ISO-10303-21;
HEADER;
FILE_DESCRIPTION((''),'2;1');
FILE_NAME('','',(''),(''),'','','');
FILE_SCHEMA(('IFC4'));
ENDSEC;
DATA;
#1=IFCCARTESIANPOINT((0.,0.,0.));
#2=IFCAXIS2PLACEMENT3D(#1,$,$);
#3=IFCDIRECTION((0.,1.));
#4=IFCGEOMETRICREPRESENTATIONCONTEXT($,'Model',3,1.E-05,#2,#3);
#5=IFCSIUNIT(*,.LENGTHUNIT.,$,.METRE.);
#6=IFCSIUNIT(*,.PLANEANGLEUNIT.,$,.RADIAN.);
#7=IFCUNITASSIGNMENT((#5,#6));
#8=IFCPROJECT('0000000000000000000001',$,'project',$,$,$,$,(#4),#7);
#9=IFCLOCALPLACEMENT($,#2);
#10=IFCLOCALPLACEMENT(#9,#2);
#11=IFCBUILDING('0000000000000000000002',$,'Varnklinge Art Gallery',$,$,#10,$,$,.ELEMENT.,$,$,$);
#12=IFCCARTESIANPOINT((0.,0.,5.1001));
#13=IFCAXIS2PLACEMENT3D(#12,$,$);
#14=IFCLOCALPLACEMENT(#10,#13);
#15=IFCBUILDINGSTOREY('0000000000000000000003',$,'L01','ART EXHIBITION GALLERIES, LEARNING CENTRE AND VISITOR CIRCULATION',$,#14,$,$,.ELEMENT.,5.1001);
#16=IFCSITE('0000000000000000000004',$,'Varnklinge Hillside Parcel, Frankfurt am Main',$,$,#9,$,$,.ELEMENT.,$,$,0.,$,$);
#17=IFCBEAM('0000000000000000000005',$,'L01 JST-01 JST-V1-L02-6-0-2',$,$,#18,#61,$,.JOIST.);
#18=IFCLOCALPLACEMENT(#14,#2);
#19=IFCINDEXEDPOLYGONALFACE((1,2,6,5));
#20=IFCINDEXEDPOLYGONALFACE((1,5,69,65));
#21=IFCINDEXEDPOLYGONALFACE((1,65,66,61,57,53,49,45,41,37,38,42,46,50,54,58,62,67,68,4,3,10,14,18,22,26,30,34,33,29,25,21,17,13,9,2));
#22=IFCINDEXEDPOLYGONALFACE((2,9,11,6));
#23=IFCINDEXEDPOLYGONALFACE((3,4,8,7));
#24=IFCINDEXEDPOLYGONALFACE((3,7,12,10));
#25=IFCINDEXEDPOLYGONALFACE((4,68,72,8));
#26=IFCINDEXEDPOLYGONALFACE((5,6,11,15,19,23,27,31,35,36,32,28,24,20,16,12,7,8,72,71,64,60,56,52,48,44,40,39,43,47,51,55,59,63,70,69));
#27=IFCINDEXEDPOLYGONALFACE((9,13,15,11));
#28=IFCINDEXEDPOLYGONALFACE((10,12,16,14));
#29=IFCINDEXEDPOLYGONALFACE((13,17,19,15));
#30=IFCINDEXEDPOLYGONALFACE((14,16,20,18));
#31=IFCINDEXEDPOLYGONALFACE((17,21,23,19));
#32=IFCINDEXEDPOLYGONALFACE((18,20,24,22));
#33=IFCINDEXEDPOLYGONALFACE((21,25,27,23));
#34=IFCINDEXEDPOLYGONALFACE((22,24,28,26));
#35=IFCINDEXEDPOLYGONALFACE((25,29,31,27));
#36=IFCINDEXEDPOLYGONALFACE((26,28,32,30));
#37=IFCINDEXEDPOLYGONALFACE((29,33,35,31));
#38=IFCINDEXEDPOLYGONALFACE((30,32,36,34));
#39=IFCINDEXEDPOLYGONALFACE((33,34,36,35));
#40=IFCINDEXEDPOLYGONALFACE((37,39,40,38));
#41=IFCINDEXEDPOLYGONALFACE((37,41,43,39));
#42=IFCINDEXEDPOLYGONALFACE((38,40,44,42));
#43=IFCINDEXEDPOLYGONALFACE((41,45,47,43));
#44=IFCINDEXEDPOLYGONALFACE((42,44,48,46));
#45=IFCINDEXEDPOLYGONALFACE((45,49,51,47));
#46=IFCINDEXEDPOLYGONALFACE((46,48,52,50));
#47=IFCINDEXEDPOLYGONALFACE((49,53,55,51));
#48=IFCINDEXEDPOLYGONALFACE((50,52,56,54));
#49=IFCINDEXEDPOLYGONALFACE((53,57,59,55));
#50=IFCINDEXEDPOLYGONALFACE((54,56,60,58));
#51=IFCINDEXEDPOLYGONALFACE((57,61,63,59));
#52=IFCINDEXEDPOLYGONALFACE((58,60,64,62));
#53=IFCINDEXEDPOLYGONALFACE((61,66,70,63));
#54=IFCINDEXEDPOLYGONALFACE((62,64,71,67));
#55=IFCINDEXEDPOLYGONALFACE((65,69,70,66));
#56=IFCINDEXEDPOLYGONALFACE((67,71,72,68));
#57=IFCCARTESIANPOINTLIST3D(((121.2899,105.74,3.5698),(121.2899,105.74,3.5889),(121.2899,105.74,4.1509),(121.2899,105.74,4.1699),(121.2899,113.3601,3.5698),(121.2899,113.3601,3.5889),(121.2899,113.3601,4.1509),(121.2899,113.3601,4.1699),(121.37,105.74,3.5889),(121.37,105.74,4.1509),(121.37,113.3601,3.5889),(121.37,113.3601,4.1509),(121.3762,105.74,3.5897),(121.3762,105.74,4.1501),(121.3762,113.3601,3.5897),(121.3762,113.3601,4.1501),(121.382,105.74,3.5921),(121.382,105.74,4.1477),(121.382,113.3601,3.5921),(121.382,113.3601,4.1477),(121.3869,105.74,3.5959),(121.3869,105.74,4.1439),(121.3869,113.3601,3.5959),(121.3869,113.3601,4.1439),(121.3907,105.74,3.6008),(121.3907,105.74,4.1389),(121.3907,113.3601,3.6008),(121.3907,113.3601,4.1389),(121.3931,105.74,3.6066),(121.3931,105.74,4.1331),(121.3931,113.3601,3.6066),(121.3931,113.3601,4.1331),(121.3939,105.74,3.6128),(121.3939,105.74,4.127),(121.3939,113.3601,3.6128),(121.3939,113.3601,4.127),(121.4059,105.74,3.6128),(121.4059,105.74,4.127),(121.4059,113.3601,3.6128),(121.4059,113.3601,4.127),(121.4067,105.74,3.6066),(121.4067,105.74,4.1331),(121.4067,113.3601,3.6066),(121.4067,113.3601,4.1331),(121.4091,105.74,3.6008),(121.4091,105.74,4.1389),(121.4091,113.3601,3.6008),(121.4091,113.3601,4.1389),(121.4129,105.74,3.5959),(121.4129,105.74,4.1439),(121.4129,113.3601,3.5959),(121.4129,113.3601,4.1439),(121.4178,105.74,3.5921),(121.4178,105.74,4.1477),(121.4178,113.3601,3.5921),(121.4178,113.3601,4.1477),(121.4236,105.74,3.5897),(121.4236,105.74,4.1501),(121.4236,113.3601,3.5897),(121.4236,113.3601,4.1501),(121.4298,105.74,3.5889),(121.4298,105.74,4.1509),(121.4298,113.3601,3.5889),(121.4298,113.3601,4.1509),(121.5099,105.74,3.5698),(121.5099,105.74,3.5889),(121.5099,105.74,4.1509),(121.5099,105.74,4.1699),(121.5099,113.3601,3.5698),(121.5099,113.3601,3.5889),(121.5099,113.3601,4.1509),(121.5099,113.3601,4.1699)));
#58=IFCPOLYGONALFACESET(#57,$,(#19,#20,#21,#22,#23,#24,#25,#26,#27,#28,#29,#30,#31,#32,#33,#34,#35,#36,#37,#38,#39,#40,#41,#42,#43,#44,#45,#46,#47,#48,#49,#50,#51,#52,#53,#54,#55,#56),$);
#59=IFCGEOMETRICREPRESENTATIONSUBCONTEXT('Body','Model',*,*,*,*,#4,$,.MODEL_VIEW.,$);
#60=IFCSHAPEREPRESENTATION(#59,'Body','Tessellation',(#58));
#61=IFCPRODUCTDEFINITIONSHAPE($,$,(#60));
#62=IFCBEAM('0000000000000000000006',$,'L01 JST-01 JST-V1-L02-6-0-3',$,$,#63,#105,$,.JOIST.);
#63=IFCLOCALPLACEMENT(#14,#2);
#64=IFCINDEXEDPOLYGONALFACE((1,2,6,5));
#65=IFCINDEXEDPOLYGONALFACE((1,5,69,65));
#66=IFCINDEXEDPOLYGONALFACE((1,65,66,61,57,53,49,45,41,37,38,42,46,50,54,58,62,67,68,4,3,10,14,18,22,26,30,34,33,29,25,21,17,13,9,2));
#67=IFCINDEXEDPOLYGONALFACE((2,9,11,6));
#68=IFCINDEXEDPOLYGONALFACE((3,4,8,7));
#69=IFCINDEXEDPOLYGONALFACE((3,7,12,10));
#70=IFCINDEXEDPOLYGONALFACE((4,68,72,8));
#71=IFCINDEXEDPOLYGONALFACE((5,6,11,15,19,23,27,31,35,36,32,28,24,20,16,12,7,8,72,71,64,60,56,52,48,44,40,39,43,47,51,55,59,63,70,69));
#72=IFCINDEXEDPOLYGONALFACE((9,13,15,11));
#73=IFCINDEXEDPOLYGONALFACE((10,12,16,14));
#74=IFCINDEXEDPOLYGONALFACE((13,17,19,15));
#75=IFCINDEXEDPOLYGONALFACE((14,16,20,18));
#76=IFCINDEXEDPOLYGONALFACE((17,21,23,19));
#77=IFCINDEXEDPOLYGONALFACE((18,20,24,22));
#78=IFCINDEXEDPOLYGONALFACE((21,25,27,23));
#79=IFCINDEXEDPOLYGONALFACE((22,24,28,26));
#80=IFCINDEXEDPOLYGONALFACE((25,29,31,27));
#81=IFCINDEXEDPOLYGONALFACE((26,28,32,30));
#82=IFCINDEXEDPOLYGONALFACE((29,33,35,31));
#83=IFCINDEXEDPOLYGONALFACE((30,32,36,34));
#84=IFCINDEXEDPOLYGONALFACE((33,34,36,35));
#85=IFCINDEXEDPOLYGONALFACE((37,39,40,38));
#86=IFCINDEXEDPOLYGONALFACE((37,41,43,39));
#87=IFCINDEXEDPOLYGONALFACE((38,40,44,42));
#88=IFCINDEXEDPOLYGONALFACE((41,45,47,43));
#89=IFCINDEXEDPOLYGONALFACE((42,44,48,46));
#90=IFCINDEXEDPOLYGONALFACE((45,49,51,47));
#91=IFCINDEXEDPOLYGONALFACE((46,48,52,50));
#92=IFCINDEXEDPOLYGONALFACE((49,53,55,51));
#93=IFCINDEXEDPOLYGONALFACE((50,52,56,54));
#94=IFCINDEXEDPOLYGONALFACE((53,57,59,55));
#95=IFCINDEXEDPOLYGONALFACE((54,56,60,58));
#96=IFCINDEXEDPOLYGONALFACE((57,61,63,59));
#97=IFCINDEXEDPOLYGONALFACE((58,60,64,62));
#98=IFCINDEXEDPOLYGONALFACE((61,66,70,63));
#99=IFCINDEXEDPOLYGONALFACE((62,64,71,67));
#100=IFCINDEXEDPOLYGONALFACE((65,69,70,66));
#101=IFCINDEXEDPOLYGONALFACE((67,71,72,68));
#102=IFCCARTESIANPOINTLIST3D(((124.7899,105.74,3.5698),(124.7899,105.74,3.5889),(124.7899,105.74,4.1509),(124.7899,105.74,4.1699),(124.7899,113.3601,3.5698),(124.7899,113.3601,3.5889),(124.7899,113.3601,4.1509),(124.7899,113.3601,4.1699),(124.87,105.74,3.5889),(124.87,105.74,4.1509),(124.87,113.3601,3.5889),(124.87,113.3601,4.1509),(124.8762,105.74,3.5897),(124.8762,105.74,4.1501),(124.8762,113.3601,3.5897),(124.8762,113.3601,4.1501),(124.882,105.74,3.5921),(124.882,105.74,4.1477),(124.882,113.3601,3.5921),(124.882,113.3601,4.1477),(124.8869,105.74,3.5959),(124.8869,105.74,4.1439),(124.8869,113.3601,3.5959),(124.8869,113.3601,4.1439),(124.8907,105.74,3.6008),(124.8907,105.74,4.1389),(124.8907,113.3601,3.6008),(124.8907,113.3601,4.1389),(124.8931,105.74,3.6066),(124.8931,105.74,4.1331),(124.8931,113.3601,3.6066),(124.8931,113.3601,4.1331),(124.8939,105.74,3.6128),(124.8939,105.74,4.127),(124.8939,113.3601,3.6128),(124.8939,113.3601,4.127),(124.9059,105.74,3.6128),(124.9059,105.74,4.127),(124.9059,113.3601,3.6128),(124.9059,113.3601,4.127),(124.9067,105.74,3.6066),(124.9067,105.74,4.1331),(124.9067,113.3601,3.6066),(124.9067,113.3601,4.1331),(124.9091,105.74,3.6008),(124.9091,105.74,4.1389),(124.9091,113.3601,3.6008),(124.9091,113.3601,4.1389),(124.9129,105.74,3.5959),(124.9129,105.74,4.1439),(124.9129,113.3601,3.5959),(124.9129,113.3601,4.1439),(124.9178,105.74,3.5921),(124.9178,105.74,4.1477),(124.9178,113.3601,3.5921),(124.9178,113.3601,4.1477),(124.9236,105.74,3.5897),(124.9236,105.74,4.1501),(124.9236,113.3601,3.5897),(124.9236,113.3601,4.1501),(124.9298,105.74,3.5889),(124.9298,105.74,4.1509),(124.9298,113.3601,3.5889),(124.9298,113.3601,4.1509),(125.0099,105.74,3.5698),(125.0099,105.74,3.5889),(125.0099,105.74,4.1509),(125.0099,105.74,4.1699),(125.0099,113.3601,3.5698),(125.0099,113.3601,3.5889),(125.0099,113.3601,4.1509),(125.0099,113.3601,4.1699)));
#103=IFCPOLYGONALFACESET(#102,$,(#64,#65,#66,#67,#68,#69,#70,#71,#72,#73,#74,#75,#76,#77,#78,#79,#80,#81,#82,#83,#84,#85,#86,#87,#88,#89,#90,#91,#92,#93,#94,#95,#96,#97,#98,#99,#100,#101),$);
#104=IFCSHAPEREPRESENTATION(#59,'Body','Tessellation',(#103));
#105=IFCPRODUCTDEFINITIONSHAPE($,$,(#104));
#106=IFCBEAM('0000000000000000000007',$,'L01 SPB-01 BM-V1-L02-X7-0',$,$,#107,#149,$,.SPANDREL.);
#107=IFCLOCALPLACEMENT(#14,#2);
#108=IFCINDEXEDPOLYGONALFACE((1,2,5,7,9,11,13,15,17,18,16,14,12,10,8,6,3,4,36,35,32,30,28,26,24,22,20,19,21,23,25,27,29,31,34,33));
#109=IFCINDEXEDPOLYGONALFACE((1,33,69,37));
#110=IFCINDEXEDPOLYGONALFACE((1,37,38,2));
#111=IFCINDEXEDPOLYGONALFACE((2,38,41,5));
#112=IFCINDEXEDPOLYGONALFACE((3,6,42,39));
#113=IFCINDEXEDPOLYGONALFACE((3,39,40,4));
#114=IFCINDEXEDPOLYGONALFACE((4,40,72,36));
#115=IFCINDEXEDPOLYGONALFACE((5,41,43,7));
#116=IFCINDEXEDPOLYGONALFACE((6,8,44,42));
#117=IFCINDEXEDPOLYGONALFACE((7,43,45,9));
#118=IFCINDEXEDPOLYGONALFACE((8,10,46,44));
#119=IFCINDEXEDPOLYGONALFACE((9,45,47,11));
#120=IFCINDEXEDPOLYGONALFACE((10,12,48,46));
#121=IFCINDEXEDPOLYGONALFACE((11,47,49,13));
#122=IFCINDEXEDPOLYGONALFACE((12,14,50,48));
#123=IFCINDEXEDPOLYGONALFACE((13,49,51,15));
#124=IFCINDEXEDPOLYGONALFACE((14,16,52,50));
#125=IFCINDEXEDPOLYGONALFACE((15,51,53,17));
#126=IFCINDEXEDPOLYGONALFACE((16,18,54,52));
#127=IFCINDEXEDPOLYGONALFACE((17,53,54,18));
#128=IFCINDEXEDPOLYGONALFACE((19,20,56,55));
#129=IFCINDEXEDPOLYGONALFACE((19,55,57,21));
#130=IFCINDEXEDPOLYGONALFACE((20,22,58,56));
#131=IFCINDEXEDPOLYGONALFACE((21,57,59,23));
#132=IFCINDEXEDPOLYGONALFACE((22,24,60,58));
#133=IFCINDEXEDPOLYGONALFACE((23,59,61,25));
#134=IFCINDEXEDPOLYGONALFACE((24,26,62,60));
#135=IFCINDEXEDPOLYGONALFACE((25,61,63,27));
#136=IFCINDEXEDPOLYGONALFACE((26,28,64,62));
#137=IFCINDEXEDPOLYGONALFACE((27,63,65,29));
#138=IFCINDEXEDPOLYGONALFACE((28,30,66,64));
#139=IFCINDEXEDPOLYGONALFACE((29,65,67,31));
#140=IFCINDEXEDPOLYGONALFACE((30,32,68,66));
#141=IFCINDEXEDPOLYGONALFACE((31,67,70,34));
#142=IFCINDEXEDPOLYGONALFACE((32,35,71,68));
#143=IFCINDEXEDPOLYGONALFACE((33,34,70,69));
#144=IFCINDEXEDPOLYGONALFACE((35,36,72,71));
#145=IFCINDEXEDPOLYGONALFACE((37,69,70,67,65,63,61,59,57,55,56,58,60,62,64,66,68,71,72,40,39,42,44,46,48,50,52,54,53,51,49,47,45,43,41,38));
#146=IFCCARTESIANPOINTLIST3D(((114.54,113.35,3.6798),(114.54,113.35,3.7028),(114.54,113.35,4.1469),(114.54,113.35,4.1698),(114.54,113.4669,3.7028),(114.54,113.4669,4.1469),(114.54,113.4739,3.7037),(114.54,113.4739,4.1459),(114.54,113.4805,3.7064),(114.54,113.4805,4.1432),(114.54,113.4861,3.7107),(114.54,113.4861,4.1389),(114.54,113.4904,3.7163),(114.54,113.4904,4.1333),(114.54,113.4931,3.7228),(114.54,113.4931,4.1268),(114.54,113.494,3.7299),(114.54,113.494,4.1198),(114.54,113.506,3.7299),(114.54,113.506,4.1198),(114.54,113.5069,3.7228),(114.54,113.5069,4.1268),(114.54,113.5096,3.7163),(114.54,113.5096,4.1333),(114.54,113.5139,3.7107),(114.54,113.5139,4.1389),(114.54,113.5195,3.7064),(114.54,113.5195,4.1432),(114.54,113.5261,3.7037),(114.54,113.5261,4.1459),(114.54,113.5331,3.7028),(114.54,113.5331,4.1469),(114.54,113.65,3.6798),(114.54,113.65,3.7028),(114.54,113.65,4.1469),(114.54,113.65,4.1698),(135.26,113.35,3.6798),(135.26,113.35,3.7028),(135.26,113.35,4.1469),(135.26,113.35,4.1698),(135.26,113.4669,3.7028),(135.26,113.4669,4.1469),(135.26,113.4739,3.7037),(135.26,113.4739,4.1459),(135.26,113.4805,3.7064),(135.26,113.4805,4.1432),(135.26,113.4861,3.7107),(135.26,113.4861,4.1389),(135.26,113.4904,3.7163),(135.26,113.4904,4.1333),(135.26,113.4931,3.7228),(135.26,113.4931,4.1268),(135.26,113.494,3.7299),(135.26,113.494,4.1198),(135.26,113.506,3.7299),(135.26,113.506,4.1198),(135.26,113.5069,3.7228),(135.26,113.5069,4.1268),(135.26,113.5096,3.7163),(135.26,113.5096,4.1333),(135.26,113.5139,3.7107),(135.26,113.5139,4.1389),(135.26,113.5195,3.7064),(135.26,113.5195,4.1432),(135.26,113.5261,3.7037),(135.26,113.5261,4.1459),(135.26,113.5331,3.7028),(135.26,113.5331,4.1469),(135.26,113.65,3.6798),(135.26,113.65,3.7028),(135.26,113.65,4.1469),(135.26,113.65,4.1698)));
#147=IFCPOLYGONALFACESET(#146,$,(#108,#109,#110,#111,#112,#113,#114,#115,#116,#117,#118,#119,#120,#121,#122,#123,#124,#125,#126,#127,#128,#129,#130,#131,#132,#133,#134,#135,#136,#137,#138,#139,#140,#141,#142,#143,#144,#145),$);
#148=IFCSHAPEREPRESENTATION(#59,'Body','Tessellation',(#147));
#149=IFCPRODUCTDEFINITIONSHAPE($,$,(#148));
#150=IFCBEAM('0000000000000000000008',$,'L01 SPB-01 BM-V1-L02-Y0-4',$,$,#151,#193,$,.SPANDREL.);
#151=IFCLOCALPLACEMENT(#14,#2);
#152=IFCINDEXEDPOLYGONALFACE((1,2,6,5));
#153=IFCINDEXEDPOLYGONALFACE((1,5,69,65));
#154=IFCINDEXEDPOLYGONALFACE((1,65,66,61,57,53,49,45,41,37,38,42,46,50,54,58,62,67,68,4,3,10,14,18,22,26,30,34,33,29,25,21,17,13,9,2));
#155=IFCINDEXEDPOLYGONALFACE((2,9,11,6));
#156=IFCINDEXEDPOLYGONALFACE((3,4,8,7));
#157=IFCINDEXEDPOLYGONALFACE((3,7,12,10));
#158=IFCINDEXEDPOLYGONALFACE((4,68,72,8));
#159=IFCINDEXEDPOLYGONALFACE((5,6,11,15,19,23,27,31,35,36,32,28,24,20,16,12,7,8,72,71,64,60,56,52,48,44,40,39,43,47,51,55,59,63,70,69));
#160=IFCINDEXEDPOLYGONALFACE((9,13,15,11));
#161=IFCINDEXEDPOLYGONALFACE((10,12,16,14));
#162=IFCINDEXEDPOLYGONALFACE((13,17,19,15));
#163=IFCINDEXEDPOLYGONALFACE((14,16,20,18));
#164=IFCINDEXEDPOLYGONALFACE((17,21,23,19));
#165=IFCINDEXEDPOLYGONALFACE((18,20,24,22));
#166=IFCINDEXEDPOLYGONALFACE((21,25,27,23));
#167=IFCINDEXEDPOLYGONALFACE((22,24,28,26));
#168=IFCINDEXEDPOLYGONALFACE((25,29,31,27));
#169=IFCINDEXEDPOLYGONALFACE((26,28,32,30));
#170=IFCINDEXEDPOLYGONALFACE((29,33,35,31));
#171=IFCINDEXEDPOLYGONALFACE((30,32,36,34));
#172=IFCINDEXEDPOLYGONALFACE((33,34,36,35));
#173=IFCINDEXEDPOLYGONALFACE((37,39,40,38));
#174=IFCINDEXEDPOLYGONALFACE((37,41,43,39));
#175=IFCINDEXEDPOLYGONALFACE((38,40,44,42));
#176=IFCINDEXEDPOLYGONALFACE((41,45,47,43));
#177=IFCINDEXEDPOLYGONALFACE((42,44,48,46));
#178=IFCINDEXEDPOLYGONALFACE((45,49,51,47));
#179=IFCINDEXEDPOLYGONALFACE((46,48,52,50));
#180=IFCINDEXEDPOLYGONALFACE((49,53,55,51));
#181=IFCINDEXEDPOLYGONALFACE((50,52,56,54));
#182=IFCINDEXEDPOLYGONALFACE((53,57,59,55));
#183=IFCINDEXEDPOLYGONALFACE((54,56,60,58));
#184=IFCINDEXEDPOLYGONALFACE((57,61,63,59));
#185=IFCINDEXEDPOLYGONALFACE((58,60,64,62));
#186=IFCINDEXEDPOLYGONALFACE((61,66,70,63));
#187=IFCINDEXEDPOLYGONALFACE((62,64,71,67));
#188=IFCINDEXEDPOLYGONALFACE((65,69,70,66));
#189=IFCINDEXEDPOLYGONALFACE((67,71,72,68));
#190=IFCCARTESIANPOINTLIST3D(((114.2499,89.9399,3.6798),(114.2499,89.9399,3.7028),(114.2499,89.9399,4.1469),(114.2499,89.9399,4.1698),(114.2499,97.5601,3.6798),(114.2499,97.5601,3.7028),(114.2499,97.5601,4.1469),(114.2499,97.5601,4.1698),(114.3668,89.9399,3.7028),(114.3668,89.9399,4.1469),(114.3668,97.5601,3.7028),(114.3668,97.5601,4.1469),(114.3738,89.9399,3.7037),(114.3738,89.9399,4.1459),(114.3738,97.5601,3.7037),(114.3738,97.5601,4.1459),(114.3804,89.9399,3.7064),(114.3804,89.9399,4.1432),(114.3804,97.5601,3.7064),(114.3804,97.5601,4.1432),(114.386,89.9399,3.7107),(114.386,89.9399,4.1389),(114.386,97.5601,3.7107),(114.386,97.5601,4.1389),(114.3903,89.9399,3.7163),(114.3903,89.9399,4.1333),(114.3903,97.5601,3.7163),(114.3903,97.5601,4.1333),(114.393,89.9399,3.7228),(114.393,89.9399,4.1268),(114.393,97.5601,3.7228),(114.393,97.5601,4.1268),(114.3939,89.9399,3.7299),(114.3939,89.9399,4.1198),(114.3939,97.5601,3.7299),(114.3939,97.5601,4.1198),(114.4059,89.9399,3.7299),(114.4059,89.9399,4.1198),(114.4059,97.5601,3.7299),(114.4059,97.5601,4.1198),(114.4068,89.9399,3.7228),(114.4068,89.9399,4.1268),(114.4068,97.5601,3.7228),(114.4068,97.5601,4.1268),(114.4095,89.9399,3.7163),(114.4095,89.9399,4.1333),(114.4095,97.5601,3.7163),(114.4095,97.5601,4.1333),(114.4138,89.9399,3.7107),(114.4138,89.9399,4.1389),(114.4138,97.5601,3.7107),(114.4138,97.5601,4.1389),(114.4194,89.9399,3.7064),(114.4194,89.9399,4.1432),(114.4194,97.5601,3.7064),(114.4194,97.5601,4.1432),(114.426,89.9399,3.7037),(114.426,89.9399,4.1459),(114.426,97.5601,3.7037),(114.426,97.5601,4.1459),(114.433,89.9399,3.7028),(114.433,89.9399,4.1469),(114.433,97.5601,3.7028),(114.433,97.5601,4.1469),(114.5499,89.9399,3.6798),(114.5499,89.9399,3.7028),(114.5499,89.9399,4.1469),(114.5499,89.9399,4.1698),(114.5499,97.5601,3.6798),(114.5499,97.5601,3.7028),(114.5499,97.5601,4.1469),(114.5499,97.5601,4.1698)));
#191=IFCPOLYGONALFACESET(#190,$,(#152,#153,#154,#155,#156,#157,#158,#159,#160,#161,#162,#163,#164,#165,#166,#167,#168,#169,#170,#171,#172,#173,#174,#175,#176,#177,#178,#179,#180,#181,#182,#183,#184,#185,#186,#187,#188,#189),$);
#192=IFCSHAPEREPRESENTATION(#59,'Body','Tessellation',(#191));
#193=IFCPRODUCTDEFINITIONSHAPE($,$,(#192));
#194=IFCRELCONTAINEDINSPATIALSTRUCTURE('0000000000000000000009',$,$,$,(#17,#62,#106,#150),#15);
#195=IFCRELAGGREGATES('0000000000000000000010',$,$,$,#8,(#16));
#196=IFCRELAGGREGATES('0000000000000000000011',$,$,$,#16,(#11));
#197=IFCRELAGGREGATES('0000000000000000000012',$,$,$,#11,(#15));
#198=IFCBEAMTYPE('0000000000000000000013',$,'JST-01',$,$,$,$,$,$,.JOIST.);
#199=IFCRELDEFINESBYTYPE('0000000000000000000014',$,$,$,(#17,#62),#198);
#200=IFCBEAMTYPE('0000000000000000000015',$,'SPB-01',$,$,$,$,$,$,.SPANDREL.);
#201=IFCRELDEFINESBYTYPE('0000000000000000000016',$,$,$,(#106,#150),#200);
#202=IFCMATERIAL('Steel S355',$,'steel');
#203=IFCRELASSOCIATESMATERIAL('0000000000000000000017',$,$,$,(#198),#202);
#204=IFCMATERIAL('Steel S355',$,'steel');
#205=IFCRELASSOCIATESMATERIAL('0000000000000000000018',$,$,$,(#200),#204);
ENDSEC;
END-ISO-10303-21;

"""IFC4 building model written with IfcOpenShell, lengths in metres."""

from ifc_helpers import new_model, si_unit, direction, frame, origin, origin_2d, place, context, subcontext, project, spatial, i_section, extrude, material, material_profile, profile_set, type_object, element, save


model = new_model("IFC4")

# Units and contexts
model_context = context("Model", 3, precision=1e-05, world=origin(), true_north=direction((0.0, 1.0)))
body_context = subcontext(model_context, "Body", "Model", "MODEL_VIEW")
ifc_project = project(units=[si_unit("LENGTHUNIT", "METRE"), si_unit("PLANEANGLEUNIT", "RADIAN")], contexts=[model_context])

# Site, building, storey
site_placement = place(None, origin())
site = spatial("IfcSite", under=ifc_project, at=site_placement, Name="Varnklinge Hillside Parcel, Frankfurt am Main", CompositionType="ELEMENT", RefElevation=0.0)
building_placement = place(site_placement, origin())
building = spatial("IfcBuilding", under=site, at=building_placement, Name="Varnklinge Art Gallery", CompositionType="ELEMENT")
storey_placement = place(building_placement, frame((0.0, 0.0, 5.1001)))
storey = spatial("IfcBuildingStorey", under=building, at=storey_placement, Name="L01", Description="ART EXHIBITION GALLERIES, LEARNING CENTRE AND VISITOR CIRCULATION", CompositionType="ELEMENT", Elevation=5.1001)

# Beams
ifc_material_1 = material(Name="Steel S355", Category="steel")
ifc_material_profile_1 = material_profile(ifc_material_1, i_section(OverallWidth=0.22, OverallDepth=0.6001, WebThickness=0.012, FlangeThickness=0.019, FilletRadius=0.0239, at=origin_2d()), Name="IPE 600")
ifc_profile_set_1 = profile_set([ifc_material_profile_1], Name="Steel S355")
beam_type_1 = type_object("IfcBeamType", Name="JST-01", PredefinedType="JOIST", material=ifc_profile_set_1)
for number, where, z_axis, x_axis, name in (
    (1, (121.3999, 105.74, 3.8699), (0.0, 1.0, 0.0), (-1.0, 0.0, 0.0), "L01 JST-01 JST-V1-L02-6-0-2"),
    (2, (124.8999, 105.74, 3.8699), (0.0, 1.0, 0.0), (-1.0, 0.0, 0.0), "L01 JST-01 JST-V1-L02-6-0-3"),
):
    element("IfcBeam", number, at=place(storey_placement, frame(where, z_axis=z_axis, x_axis=x_axis)), inside=storey, type_object=beam_type_1, Name=name, PredefinedType="JOIST", context=body_context, shape_type="SweptSolid", body=[
        extrude(i_section(OverallWidth=0.22, OverallDepth=0.6001, WebThickness=0.012, FlangeThickness=0.019, FilletRadius=0.0239, at=origin_2d()), origin(), (0.0, 0.0, 1.0), 7.6201),
    ])
ifc_material_2 = material(Name="Steel S355", Category="steel")
ifc_material_profile_2 = material_profile(ifc_material_2, i_section(OverallWidth=0.3, OverallDepth=0.49, WebThickness=0.012, FlangeThickness=0.0229, FilletRadius=0.0271, at=origin_2d()), Name="HEA 500")
ifc_profile_set_2 = profile_set([ifc_material_profile_2], Name="Steel S355")
beam_type_2 = type_object("IfcBeamType", Name="SPB-01", PredefinedType="SPANDREL", material=ifc_profile_set_2)
beam_1_placement = place(storey_placement, frame((114.54, 113.5, 3.9248), z_axis=(1.0, 0.0, 0.0), x_axis=(0.0, 1.0, 0.0)))
element("IfcBeam", 3, at=beam_1_placement, inside=storey, type_object=beam_type_2, Name="L01 SPB-01 BM-V1-L02-X7-0", PredefinedType="SPANDREL", context=body_context, shape_type="SweptSolid", body=[
    extrude(i_section(OverallWidth=0.3, OverallDepth=0.49, WebThickness=0.012, FlangeThickness=0.0229, FilletRadius=0.0271, at=origin_2d()), origin(), (0.0, 0.0, 1.0), 20.72),
])
beam_2_placement = place(storey_placement, frame((114.3999, 89.9399, 3.9248), z_axis=(0.0, 1.0, 0.0), x_axis=(-1.0, 0.0, 0.0)))
element("IfcBeam", 4, at=beam_2_placement, inside=storey, type_object=beam_type_2, Name="L01 SPB-01 BM-V1-L02-Y0-4", PredefinedType="SPANDREL", context=body_context, shape_type="SweptSolid", body=[
    extrude(i_section(OverallWidth=0.3, OverallDepth=0.49, WebThickness=0.012, FlangeThickness=0.0229, FilletRadius=0.0271, at=origin_2d()), origin(), (0.0, 0.0, 1.0), 7.6201),
])

save(model, "model.ifc")
